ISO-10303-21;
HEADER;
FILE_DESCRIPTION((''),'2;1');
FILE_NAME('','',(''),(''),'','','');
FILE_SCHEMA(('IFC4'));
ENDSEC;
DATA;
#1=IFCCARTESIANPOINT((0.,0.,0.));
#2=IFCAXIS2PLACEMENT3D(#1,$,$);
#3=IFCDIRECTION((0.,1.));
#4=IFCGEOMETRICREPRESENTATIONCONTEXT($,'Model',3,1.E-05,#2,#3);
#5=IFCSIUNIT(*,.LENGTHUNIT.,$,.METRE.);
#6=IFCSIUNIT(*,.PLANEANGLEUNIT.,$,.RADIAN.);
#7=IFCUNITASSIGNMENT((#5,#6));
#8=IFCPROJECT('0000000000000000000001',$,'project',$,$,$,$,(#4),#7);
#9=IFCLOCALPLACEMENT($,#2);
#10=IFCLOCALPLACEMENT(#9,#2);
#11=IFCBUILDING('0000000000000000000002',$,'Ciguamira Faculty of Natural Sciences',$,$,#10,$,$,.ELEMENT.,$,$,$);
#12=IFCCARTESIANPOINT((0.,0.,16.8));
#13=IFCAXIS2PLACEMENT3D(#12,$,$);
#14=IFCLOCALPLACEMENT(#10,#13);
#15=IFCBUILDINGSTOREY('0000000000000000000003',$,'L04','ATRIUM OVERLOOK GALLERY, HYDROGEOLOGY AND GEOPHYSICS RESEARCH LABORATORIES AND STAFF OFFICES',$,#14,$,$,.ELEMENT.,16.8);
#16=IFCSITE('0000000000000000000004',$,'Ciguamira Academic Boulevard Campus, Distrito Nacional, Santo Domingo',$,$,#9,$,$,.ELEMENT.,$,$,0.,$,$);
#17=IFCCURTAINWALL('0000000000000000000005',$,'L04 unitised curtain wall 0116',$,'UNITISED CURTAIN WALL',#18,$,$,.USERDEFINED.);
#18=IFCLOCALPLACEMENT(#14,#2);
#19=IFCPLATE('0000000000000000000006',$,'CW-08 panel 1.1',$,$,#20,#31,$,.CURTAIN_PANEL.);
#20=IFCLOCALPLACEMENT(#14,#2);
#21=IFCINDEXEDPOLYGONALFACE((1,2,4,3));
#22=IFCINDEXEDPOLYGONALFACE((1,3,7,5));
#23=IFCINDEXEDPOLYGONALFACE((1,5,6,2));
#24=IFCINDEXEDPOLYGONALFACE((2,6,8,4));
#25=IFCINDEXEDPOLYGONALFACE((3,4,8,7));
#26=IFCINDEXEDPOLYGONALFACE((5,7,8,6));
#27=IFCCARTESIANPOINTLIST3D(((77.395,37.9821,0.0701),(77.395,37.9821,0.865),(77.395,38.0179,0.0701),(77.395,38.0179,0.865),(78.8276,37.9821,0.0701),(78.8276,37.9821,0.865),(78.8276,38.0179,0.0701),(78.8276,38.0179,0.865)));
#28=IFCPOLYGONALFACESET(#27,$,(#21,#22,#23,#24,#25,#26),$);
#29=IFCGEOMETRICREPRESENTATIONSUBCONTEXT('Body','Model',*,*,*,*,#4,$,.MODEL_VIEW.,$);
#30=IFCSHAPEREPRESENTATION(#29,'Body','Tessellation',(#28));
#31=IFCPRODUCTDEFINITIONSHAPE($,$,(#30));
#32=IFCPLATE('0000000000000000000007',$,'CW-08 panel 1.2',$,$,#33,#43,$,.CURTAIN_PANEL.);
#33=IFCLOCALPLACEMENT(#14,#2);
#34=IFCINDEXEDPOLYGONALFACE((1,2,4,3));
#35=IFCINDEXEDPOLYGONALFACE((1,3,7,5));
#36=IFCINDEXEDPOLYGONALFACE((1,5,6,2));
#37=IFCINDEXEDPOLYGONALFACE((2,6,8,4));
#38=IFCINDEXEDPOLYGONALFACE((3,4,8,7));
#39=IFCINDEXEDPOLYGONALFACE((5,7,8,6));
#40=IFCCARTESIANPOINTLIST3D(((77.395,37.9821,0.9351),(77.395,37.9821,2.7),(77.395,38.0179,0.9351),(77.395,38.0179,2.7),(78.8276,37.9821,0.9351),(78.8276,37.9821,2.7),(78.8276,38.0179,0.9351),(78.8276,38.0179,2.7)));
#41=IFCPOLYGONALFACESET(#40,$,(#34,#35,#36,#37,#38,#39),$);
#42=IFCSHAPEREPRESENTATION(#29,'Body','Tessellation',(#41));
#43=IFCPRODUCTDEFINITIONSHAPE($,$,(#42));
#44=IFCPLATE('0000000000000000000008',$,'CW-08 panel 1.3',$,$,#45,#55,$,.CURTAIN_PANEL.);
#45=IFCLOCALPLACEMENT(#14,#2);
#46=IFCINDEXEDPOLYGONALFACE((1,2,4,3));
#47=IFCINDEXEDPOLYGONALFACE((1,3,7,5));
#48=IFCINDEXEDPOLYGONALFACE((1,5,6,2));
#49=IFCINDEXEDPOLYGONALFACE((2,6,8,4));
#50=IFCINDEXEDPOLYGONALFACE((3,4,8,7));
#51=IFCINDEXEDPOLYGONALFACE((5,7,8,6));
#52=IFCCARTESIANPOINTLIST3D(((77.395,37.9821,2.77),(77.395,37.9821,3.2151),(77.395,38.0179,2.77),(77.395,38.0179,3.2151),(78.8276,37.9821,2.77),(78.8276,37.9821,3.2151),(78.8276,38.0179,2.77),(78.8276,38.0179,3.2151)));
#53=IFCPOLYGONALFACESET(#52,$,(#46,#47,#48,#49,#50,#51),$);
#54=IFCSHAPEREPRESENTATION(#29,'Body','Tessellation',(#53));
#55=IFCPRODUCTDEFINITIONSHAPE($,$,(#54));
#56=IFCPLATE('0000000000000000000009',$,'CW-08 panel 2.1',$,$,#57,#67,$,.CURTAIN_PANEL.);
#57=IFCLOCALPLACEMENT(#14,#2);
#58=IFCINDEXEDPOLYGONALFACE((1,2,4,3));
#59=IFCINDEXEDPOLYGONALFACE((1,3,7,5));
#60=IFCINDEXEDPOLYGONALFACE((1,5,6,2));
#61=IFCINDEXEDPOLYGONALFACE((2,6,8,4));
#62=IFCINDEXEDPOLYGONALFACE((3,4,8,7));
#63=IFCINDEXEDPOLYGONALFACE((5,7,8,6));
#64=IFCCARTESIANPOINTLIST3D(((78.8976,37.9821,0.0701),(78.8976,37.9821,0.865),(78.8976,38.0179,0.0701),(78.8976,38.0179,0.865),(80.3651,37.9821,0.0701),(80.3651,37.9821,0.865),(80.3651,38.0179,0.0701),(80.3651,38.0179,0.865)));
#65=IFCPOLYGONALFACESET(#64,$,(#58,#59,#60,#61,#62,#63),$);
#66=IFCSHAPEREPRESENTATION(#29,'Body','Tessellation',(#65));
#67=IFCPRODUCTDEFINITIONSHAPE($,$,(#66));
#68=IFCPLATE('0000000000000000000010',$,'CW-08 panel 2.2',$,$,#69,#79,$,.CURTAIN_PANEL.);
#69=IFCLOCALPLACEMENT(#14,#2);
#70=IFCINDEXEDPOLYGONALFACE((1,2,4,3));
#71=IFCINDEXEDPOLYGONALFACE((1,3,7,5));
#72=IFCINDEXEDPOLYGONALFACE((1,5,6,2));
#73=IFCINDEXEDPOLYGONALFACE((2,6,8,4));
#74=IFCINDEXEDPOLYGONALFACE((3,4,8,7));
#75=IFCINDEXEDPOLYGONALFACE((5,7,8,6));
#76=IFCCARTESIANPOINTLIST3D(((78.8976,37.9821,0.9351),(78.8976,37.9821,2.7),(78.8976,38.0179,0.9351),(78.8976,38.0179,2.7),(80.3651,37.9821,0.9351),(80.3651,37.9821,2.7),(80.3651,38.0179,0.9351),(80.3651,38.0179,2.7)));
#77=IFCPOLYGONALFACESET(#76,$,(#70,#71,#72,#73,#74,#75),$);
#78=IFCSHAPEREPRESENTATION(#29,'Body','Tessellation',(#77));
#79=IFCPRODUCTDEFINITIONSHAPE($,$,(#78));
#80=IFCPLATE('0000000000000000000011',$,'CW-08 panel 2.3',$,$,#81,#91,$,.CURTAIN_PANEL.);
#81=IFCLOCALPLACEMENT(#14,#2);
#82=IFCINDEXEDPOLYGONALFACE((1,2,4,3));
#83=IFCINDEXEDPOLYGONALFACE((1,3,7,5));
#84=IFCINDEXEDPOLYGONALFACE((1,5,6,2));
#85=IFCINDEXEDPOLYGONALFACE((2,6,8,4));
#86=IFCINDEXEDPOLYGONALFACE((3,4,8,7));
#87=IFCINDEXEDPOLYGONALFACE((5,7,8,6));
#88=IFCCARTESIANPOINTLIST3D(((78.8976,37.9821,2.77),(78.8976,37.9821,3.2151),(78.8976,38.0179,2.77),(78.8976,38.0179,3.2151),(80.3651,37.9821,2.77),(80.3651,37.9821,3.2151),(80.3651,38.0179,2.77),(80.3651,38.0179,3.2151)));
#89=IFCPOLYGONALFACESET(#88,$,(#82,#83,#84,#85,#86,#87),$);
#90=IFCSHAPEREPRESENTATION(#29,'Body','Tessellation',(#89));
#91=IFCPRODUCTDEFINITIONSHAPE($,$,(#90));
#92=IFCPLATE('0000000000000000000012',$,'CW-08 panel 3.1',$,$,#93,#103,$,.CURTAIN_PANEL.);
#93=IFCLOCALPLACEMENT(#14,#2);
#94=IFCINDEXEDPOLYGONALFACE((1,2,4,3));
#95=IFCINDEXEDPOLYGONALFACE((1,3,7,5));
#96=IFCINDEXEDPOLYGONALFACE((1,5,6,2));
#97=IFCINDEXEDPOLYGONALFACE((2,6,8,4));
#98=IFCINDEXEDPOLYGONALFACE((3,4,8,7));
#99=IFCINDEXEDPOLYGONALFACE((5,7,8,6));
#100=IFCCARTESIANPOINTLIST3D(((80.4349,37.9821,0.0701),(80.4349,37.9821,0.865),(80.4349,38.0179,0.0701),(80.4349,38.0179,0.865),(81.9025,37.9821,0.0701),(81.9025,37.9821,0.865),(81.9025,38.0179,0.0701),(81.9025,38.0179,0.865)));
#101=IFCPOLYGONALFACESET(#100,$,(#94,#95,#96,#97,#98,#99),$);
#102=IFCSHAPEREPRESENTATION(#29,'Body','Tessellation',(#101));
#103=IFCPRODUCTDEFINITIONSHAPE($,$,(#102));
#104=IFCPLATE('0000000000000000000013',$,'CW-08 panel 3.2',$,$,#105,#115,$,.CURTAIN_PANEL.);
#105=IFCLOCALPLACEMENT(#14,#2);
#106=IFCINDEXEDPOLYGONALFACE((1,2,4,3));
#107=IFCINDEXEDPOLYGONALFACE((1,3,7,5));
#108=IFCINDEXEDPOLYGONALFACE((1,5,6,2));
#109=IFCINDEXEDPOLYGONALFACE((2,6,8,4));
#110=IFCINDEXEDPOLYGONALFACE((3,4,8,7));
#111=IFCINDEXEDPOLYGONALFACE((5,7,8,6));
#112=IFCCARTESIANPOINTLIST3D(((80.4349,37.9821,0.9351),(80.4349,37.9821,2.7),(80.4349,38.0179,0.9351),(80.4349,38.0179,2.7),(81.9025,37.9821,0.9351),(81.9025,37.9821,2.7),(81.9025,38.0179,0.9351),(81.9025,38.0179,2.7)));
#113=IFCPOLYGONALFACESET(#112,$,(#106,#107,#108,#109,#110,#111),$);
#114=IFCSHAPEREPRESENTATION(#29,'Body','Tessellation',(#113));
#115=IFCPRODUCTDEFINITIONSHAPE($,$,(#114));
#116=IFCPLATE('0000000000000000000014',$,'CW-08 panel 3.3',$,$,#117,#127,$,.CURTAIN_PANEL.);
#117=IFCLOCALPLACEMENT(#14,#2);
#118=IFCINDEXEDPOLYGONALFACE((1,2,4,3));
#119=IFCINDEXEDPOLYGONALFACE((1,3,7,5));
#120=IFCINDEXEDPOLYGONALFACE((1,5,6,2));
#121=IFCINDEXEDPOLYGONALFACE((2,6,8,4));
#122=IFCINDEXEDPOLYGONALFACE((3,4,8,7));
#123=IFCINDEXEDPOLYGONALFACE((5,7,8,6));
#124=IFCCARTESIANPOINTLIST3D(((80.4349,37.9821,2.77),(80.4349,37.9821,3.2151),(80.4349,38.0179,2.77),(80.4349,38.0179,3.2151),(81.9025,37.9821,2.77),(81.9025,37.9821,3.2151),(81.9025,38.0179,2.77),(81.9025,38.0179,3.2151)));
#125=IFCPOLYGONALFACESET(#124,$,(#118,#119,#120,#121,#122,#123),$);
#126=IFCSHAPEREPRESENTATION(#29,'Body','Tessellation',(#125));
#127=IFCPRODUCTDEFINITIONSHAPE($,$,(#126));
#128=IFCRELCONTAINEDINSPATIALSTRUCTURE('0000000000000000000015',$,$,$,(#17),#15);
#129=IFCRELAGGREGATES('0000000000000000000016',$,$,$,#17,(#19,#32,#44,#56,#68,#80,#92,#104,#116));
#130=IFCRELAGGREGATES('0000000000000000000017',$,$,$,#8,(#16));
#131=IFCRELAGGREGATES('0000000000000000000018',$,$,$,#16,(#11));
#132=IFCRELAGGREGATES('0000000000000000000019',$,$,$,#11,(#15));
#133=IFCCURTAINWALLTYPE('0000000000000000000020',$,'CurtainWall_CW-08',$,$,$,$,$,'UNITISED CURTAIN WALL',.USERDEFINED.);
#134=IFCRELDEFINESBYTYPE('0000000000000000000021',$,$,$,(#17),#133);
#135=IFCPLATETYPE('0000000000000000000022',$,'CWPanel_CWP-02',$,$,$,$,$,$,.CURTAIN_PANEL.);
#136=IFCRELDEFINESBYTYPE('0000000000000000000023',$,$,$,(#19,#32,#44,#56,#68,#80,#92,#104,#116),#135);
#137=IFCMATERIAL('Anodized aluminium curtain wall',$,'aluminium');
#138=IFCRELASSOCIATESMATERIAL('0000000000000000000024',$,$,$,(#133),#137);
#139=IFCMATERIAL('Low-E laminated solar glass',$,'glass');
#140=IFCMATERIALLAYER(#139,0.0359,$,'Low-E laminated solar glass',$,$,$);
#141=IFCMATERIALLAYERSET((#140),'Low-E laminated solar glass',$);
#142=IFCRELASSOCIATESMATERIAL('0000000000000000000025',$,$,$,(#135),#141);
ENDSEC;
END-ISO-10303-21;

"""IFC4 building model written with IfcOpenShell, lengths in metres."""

from ifc_helpers import new_model, si_unit, direction, frame, origin, origin_2d, place, context, subcontext, project, spatial, rectangle, extrude, material, layer, layer_set, type_object, element, aggregate, save


model = new_model("IFC4")

# Units and contexts
model_context = context("Model", 3, precision=1e-05, world=origin(), true_north=direction((0.0, 1.0)))
body_context = subcontext(model_context, "Body", "Model", "MODEL_VIEW")
ifc_project = project(units=[si_unit("LENGTHUNIT", "METRE"), si_unit("PLANEANGLEUNIT", "RADIAN")], contexts=[model_context])

# Site, building, storey
site_placement = place(None, origin())
site = spatial("IfcSite", under=ifc_project, at=site_placement, Name="Ciguamira Academic Boulevard Campus, Distrito Nacional, Santo Domingo", CompositionType="ELEMENT", RefElevation=0.0)
building_placement = place(site_placement, origin())
building = spatial("IfcBuilding", under=site, at=building_placement, Name="Ciguamira Faculty of Natural Sciences", CompositionType="ELEMENT")
storey_placement = place(building_placement, frame((0.0, 0.0, 16.8)))
storey = spatial("IfcBuildingStorey", under=building, at=storey_placement, Name="L04", Description="ATRIUM OVERLOOK GALLERY, HYDROGEOLOGY AND GEOPHYSICS RESEARCH LABORATORIES AND STAFF OFFICES", CompositionType="ELEMENT", Elevation=16.8)

# Curtain wall, plates
ifc_material_1 = material(Name="Anodized aluminium curtain wall", Category="aluminium")
curtain_wall_type = type_object("IfcCurtainWallType", Name="CurtainWall_CW-08", ElementType="UNITISED CURTAIN WALL", PredefinedType="USERDEFINED", material=ifc_material_1)
curtain_wall_placement = place(storey_placement, origin())
curtain_wall = element("IfcCurtainWall", 1, at=curtain_wall_placement, inside=storey, type_object=curtain_wall_type, Name="L04 unitised curtain wall 0116", ObjectType="UNITISED CURTAIN WALL", PredefinedType="USERDEFINED")
ifc_material_2 = material(Name="Low-E laminated solar glass", Category="glass")
ifc_layer = layer(ifc_material_2, 0.0359, Name="Low-E laminated solar glass")
ifc_layer_set = layer_set([ifc_layer], Name="Low-E laminated solar glass")
plate_type = type_object("IfcPlateType", Name="CWPanel_CWP-02", PredefinedType="CURTAIN_PANEL", material=ifc_layer_set)
plate_1_placement = place(storey_placement, frame((78.1113, 38.0, 0.0701), z_axis=(0.0, 0.0, 1.0), x_axis=(1.0, 0.0, 0.0)))
plate_1 = element("IfcPlate", 2, at=plate_1_placement, type_object=plate_type, Name="CW-08 panel 1.1", PredefinedType="CURTAIN_PANEL", context=body_context, shape_type="SweptSolid", body=[
    extrude(rectangle(XDim=1.4326, YDim=0.0359, at=origin_2d()), origin(), (0.0, 0.0, 1.0), 0.7949),
])
plate_2_placement = place(storey_placement, frame((78.1113, 38.0, 0.9351), z_axis=(0.0, 0.0, 1.0), x_axis=(1.0, 0.0, 0.0)))
plate_2 = element("IfcPlate", 3, at=plate_2_placement, type_object=plate_type, Name="CW-08 panel 1.2", PredefinedType="CURTAIN_PANEL", context=body_context, shape_type="SweptSolid", body=[
    extrude(rectangle(XDim=1.4326, YDim=0.0359, at=origin_2d()), origin(), (0.0, 0.0, 1.0), 1.7649),
])
plate_3_placement = place(storey_placement, frame((78.1113, 38.0, 2.77), z_axis=(0.0, 0.0, 1.0), x_axis=(1.0, 0.0, 0.0)))
plate_3 = element("IfcPlate", 4, at=plate_3_placement, type_object=plate_type, Name="CW-08 panel 1.3", PredefinedType="CURTAIN_PANEL", context=body_context, shape_type="SweptSolid", body=[
    extrude(rectangle(XDim=1.4326, YDim=0.0359, at=origin_2d()), origin(), (0.0, 0.0, 1.0), 0.4451),
])
plate_4_placement = place(storey_placement, frame((79.6313, 38.0, 0.0701), z_axis=(0.0, 0.0, 1.0), x_axis=(1.0, 0.0, 0.0)))
plate_4 = element("IfcPlate", 5, at=plate_4_placement, type_object=plate_type, Name="CW-08 panel 2.1", PredefinedType="CURTAIN_PANEL", context=body_context, shape_type="SweptSolid", body=[
    extrude(rectangle(XDim=1.4675, YDim=0.0359, at=origin_2d()), origin(), (0.0, 0.0, 1.0), 0.7949),
])
plate_5_placement = place(storey_placement, frame((79.6313, 38.0, 0.9351), z_axis=(0.0, 0.0, 1.0), x_axis=(1.0, 0.0, 0.0)))
plate_5 = element("IfcPlate", 6, at=plate_5_placement, type_object=plate_type, Name="CW-08 panel 2.2", PredefinedType="CURTAIN_PANEL", context=body_context, shape_type="SweptSolid", body=[
    extrude(rectangle(XDim=1.4675, YDim=0.0359, at=origin_2d()), origin(), (0.0, 0.0, 1.0), 1.7649),
])
plate_6_placement = place(storey_placement, frame((79.6313, 38.0, 2.77), z_axis=(0.0, 0.0, 1.0), x_axis=(1.0, 0.0, 0.0)))
plate_6 = element("IfcPlate", 7, at=plate_6_placement, type_object=plate_type, Name="CW-08 panel 2.3", PredefinedType="CURTAIN_PANEL", context=body_context, shape_type="SweptSolid", body=[
    extrude(rectangle(XDim=1.4675, YDim=0.0359, at=origin_2d()), origin(), (0.0, 0.0, 1.0), 0.4451),
])
plate_7_placement = place(storey_placement, frame((81.1687, 38.0, 0.0701), z_axis=(0.0, 0.0, 1.0), x_axis=(1.0, 0.0, 0.0)))
plate_7 = element("IfcPlate", 8, at=plate_7_placement, type_object=plate_type, Name="CW-08 panel 3.1", PredefinedType="CURTAIN_PANEL", context=body_context, shape_type="SweptSolid", body=[
    extrude(rectangle(XDim=1.4675, YDim=0.0359, at=origin_2d()), origin(), (0.0, 0.0, 1.0), 0.7949),
])
plate_8_placement = place(storey_placement, frame((81.1687, 38.0, 0.9351), z_axis=(0.0, 0.0, 1.0), x_axis=(1.0, 0.0, 0.0)))
plate_8 = element("IfcPlate", 9, at=plate_8_placement, type_object=plate_type, Name="CW-08 panel 3.2", PredefinedType="CURTAIN_PANEL", context=body_context, shape_type="SweptSolid", body=[
    extrude(rectangle(XDim=1.4675, YDim=0.0359, at=origin_2d()), origin(), (0.0, 0.0, 1.0), 1.7649),
])
plate_9_placement = place(storey_placement, frame((81.1687, 38.0, 2.77), z_axis=(0.0, 0.0, 1.0), x_axis=(1.0, 0.0, 0.0)))
plate_9 = element("IfcPlate", 10, at=plate_9_placement, type_object=plate_type, Name="CW-08 panel 3.3", PredefinedType="CURTAIN_PANEL", context=body_context, shape_type="SweptSolid", body=[
    extrude(rectangle(XDim=1.4675, YDim=0.0359, at=origin_2d()), origin(), (0.0, 0.0, 1.0), 0.4451),
])
aggregate(curtain_wall, [plate_1, plate_2, plate_3, plate_4, plate_5, plate_6, plate_7, plate_8, plate_9])

save(model, "model.ifc")
